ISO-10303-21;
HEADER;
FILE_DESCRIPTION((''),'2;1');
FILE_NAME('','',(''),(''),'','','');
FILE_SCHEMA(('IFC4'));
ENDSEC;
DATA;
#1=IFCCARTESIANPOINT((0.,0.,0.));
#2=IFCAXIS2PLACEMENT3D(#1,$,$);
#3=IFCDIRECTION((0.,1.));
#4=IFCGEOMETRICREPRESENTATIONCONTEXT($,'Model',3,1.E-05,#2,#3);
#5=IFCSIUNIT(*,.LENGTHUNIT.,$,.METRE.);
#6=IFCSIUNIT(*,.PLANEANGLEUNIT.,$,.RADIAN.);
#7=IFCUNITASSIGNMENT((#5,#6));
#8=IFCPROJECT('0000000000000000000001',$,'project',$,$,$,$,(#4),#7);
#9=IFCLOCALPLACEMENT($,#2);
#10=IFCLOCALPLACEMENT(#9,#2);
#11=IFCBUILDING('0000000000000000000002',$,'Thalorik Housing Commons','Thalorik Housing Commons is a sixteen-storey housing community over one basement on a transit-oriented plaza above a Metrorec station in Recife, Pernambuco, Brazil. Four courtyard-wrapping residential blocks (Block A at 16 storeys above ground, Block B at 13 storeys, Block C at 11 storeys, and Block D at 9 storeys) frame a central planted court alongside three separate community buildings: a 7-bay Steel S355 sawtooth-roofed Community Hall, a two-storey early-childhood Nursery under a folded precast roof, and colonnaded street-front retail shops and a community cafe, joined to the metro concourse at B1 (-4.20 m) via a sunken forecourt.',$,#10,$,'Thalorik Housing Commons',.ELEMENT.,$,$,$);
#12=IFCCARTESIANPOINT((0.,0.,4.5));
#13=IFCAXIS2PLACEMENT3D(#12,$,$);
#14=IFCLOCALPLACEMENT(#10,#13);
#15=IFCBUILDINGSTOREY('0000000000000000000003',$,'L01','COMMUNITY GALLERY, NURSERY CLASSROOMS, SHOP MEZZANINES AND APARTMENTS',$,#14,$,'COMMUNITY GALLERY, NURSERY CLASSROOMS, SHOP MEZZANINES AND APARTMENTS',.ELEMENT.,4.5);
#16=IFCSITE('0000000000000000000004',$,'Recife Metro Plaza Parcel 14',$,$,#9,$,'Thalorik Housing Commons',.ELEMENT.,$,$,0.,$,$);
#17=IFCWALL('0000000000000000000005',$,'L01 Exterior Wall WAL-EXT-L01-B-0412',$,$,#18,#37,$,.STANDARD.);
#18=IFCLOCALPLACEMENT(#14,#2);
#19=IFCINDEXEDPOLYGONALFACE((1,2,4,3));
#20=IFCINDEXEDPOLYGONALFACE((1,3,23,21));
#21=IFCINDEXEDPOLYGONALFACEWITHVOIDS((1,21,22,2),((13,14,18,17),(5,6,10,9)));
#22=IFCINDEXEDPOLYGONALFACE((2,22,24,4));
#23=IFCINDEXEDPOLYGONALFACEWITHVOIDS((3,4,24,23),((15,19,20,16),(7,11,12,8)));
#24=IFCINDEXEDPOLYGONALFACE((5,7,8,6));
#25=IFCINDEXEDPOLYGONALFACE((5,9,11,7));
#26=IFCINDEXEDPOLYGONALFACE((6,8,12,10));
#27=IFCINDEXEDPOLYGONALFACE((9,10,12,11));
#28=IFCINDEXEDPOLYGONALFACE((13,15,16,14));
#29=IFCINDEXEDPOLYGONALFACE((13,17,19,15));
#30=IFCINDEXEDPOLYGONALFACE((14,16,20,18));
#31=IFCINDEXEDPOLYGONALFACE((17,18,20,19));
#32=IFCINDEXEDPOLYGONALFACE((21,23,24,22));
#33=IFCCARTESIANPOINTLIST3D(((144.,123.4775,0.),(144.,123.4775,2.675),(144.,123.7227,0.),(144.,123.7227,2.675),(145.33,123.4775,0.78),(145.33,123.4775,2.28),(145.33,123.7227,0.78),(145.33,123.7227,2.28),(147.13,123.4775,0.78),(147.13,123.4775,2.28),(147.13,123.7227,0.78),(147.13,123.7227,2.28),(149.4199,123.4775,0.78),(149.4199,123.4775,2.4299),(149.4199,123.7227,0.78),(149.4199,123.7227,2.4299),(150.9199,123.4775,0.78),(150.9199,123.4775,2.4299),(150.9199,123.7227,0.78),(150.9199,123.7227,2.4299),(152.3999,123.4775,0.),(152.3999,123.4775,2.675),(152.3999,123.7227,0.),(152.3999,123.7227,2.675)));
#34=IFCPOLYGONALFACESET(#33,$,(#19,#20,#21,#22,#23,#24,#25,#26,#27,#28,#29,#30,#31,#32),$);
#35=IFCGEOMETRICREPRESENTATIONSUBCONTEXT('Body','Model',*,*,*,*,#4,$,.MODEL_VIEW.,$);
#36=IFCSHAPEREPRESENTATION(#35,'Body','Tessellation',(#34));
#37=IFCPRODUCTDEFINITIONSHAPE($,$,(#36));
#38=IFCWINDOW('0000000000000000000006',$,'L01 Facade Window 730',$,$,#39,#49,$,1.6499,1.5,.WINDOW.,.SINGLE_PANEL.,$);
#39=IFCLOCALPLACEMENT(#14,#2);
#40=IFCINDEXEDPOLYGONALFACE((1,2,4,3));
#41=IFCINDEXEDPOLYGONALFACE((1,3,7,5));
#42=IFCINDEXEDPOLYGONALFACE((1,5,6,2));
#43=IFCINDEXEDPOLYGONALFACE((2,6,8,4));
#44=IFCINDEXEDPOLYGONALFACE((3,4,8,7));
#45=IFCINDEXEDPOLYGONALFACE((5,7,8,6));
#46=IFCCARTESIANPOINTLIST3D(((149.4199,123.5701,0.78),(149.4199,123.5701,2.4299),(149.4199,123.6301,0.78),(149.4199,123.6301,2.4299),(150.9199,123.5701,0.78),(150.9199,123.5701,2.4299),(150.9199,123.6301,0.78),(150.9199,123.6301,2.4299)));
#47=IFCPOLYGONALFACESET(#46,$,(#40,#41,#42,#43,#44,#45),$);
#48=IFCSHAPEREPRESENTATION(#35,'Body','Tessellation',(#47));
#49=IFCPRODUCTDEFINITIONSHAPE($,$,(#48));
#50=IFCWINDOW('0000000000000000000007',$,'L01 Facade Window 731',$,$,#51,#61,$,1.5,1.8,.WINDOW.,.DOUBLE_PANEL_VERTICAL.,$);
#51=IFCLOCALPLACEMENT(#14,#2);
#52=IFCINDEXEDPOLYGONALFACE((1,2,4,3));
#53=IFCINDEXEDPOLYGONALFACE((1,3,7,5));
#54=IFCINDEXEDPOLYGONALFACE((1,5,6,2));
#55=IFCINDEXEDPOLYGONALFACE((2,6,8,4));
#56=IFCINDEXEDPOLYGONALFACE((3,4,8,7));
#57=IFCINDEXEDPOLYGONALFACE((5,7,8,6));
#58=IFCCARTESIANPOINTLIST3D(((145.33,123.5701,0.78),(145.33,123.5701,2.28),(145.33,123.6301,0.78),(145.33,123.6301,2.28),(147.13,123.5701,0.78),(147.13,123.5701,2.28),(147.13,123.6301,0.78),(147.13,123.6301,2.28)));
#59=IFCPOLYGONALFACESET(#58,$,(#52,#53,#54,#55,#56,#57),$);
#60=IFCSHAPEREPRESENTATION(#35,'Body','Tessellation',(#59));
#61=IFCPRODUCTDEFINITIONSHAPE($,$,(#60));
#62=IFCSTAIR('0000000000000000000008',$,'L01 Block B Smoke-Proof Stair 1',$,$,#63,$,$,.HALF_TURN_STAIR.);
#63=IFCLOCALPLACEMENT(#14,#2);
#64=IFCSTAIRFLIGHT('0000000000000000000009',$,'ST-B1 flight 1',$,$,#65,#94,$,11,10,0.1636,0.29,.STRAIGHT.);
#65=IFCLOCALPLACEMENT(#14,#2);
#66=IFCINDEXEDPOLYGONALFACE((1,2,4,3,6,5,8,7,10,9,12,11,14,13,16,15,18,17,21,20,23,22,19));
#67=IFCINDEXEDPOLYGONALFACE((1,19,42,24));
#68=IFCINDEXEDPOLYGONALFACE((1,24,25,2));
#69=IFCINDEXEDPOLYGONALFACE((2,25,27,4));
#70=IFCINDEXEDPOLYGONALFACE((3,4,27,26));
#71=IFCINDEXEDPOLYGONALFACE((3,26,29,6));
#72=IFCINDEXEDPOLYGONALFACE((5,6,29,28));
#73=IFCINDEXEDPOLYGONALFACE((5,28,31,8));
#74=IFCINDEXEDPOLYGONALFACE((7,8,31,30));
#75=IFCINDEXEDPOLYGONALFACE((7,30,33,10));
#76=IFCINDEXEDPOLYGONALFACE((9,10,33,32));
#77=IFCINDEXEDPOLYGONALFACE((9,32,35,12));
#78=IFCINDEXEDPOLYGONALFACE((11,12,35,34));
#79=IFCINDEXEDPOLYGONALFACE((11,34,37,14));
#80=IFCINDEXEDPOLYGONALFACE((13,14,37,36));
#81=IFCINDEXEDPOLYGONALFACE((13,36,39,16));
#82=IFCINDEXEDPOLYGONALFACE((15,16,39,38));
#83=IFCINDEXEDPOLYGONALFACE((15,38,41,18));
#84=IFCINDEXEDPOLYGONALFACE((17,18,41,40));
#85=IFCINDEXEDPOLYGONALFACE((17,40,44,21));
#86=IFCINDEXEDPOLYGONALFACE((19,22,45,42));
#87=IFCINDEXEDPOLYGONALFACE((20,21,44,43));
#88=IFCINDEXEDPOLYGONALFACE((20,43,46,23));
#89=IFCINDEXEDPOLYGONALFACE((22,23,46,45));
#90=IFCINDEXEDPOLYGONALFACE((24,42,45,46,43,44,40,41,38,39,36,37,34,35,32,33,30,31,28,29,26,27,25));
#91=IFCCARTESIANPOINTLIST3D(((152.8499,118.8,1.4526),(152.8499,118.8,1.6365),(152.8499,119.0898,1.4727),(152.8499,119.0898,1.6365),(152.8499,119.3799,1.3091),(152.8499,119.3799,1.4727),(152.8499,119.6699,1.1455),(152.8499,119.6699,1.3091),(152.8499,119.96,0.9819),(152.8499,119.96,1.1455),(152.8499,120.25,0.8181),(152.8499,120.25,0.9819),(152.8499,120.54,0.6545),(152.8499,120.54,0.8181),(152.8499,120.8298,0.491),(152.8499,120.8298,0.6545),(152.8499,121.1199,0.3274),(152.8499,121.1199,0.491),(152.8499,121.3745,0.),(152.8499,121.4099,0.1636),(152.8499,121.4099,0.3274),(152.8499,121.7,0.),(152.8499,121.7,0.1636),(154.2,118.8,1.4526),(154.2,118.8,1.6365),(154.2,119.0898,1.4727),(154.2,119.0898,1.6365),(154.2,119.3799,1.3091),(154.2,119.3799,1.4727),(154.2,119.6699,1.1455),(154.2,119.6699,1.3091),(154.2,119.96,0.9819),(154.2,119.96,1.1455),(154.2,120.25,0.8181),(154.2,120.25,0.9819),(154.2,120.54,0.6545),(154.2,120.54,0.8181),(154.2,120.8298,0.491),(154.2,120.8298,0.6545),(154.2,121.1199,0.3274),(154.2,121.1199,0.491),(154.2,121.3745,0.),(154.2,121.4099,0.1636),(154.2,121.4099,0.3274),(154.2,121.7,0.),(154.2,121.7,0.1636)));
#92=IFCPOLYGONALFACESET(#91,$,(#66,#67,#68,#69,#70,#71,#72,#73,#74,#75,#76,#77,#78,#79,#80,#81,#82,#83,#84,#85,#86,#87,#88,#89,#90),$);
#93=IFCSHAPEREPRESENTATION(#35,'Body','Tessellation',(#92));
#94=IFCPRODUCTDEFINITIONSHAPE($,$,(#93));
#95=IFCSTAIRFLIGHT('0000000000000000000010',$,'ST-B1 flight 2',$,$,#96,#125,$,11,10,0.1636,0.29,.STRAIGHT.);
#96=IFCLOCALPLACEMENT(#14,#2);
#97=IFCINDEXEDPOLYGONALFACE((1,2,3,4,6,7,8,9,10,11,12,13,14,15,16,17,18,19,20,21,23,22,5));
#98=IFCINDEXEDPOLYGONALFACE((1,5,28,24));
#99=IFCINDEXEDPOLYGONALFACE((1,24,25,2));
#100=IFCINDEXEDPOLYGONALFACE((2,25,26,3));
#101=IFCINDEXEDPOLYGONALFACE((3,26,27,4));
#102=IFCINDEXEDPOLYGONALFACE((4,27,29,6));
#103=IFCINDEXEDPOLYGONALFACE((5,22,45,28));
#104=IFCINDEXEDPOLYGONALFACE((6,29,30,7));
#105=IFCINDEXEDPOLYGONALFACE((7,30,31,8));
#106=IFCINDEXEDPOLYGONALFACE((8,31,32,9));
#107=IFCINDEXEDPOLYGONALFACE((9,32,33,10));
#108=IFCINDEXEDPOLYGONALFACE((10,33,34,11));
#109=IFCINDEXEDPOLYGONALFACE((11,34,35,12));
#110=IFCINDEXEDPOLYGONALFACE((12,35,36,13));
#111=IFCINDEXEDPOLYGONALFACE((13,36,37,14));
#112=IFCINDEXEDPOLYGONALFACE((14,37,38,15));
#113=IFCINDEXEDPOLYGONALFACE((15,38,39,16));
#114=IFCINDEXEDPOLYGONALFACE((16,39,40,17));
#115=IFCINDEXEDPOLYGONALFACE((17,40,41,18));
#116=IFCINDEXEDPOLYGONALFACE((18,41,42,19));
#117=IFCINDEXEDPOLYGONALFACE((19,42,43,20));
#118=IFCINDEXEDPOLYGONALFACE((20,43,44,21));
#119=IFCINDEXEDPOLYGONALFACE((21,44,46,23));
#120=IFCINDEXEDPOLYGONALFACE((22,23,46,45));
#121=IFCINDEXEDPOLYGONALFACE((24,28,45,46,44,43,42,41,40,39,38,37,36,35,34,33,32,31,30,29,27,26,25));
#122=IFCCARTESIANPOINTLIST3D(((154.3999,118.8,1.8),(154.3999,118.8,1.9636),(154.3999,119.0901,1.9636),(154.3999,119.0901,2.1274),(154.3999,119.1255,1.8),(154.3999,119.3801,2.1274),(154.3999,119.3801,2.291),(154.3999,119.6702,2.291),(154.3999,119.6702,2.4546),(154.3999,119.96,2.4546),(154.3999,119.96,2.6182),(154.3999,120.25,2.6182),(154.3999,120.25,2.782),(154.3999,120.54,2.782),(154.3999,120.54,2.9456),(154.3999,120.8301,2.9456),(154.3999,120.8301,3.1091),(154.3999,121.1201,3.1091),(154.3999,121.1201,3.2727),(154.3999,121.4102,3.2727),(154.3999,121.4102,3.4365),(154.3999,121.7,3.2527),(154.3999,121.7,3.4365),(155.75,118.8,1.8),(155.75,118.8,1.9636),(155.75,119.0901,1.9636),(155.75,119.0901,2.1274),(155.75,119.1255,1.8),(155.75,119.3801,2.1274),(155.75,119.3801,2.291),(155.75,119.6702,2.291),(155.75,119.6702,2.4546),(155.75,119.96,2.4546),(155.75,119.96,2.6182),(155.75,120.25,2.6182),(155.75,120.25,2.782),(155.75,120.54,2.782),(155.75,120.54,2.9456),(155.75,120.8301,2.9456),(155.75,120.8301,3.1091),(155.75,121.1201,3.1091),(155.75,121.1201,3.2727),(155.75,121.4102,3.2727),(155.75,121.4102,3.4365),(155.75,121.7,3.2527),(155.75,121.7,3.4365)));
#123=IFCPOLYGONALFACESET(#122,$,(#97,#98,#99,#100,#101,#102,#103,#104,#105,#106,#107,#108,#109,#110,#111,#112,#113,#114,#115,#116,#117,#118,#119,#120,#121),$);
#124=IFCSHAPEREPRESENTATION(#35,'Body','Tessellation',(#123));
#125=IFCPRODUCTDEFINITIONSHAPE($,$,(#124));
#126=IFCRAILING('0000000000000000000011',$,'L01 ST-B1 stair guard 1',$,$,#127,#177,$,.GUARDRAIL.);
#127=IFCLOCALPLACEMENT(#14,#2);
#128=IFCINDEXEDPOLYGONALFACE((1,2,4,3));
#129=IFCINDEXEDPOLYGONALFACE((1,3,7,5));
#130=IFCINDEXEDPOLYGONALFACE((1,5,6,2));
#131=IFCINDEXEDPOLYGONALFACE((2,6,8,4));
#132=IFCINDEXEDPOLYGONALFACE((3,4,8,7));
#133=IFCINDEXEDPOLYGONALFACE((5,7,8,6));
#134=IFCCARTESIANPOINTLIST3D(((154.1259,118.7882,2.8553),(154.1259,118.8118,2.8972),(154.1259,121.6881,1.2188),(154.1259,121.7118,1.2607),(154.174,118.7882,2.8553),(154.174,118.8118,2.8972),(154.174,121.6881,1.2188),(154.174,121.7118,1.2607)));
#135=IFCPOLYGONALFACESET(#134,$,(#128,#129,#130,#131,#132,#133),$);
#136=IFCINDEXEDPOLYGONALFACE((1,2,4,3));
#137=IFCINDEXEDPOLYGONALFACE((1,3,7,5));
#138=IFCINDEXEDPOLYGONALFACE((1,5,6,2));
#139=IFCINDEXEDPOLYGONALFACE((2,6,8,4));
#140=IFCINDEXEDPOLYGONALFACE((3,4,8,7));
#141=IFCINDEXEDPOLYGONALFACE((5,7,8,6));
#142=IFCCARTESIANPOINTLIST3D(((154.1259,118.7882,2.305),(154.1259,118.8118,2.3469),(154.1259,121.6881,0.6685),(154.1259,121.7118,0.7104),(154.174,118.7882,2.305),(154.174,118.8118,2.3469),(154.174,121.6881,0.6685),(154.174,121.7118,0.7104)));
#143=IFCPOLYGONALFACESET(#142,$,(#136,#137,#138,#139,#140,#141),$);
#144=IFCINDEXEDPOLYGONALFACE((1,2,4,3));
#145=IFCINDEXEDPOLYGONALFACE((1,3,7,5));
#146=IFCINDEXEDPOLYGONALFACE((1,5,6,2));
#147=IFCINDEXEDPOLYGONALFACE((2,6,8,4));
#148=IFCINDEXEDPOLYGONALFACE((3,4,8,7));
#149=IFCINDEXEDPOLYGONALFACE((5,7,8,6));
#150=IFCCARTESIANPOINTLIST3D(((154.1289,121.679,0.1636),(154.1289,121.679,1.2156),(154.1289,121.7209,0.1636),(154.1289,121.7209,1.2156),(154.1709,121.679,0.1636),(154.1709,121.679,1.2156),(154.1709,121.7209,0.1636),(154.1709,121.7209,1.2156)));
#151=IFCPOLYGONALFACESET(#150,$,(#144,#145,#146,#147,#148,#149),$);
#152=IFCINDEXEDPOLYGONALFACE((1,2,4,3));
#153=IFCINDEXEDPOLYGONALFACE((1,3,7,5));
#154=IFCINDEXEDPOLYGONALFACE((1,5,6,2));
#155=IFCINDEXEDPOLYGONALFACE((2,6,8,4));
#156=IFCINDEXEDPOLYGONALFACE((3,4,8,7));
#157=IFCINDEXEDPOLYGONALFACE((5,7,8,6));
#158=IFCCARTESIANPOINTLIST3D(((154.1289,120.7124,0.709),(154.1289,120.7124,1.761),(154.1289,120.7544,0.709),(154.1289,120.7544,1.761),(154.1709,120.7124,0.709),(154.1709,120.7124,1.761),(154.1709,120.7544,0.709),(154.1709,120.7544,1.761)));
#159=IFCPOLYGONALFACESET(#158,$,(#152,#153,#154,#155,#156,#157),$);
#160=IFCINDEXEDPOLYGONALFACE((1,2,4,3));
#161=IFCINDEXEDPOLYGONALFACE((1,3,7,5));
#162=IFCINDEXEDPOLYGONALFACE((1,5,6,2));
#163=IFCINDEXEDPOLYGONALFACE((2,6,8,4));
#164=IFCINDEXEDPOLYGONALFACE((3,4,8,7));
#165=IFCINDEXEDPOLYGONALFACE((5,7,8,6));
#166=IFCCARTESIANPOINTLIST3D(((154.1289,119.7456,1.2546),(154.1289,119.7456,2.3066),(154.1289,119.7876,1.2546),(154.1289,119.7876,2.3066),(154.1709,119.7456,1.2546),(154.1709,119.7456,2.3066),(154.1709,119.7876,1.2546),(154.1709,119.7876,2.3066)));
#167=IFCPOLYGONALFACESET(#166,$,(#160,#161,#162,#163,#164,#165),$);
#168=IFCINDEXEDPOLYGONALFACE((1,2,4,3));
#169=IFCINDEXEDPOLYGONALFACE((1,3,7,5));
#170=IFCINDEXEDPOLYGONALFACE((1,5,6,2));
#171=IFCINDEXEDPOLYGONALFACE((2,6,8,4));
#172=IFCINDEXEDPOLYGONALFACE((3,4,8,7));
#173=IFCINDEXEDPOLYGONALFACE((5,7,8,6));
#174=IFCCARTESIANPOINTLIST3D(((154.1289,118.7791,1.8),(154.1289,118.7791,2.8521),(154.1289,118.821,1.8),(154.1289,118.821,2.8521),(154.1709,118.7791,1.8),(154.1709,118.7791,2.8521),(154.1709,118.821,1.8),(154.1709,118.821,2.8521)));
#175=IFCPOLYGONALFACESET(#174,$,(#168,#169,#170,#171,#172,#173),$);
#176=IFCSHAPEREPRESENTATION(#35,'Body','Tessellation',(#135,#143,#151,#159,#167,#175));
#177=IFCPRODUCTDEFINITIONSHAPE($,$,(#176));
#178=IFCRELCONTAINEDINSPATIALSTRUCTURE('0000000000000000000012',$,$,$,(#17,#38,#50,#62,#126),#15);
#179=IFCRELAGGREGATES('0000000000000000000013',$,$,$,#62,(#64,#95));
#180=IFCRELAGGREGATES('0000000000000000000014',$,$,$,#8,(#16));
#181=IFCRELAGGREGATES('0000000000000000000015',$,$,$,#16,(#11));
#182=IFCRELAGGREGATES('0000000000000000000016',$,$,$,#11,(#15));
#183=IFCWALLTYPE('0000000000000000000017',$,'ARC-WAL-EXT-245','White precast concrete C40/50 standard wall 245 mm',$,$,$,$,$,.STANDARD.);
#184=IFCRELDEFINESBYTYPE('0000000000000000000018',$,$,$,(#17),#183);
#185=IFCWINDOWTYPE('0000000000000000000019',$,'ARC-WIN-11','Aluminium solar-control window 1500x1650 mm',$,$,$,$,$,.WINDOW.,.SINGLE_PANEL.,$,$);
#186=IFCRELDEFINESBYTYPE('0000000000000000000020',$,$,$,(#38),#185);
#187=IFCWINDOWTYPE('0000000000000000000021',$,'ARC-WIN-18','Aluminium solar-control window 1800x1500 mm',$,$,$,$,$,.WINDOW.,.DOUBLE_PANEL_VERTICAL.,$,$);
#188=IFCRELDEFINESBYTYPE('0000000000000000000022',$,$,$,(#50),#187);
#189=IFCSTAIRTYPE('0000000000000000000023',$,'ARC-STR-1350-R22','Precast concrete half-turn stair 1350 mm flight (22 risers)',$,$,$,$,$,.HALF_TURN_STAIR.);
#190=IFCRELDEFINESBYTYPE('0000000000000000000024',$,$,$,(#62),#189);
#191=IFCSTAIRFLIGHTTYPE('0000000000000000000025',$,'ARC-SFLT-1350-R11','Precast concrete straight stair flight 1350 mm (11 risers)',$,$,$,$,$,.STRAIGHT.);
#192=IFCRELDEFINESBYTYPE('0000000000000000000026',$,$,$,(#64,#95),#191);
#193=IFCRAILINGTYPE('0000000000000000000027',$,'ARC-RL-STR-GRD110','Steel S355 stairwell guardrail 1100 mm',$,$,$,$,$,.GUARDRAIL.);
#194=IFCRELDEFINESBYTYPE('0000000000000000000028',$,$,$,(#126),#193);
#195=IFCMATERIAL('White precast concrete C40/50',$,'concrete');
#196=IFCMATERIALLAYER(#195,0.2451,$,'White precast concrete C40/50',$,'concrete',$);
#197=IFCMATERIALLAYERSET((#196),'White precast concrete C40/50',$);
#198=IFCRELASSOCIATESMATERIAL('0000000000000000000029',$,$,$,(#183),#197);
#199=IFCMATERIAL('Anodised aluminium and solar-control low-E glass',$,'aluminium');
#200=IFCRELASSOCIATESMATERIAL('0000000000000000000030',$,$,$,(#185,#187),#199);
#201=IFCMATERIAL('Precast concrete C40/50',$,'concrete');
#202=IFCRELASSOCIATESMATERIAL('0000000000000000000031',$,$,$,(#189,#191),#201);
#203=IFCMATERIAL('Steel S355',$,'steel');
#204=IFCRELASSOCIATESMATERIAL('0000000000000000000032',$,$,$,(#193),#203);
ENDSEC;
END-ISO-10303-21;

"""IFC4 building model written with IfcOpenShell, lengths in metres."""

from ifc_helpers import new_model, si_unit, direction, frame, frame_2d, origin, origin_2d, place, context, subcontext, project, spatial, polyline, rectangle, outline, extrude, material, layer, layer_set, type_object, element, fill, aggregate, save


model = new_model("IFC4")

# Units and contexts
model_context = context("Model", 3, precision=1e-05, world=origin(), true_north=direction((0.0, 1.0)))
body_context = subcontext(model_context, "Body", "Model", "MODEL_VIEW")
ifc_project = project(units=[si_unit("LENGTHUNIT", "METRE"), si_unit("PLANEANGLEUNIT", "RADIAN")], contexts=[model_context])

# Site, building, storey
site_placement = place(None, origin())
site = spatial("IfcSite", under=ifc_project, at=site_placement, Name="Recife Metro Plaza Parcel 14", LongName="Thalorik Housing Commons", CompositionType="ELEMENT", RefElevation=0.0)
building_placement = place(site_placement, origin())
building = spatial("IfcBuilding", under=site, at=building_placement, Name="Thalorik Housing Commons", Description="Thalorik Housing Commons is a sixteen-storey housing community over one basement on a transit-oriented plaza above a Metrorec station in Recife, Pernambuco, Brazil. Four courtyard-wrapping residential blocks (Block A at 16 storeys above ground, Block B at 13 storeys, Block C at 11 storeys, and Block D at 9 storeys) frame a central planted court alongside three separate community buildings: a 7-bay Steel S355 sawtooth-roofed Community Hall, a two-storey early-childhood Nursery under a folded precast roof, and colonnaded street-front retail shops and a community cafe, joined to the metro concourse at B1 (-4.20 m) via a sunken forecourt.", LongName="Thalorik Housing Commons", CompositionType="ELEMENT")
storey_placement = place(building_placement, frame((0.0, 0.0, 4.5)))
storey = spatial("IfcBuildingStorey", under=building, at=storey_placement, Name="L01", Description="COMMUNITY GALLERY, NURSERY CLASSROOMS, SHOP MEZZANINES AND APARTMENTS", LongName="COMMUNITY GALLERY, NURSERY CLASSROOMS, SHOP MEZZANINES AND APARTMENTS", CompositionType="ELEMENT", Elevation=4.5)

# Shared definitions
ifc_material_1 = material(Name="Precast concrete C40/50", Category="concrete")

# Shared definitions
ifc_material_2 = material(Name="Anodised aluminium and solar-control low-E glass", Category="aluminium")

# Shared definitions
ifc_material_3 = material(Name="Steel S355", Category="steel")

# Shared definitions
ifc_material_4 = material(Name="White precast concrete C40/50", Category="concrete")
ifc_layer_1 = layer(ifc_material_4, 0.2451, Name="White precast concrete C40/50", Category="concrete")
ifc_layer_set_1 = layer_set([ifc_layer_1], Name="White precast concrete C40/50")
wall_type_1 = type_object("IfcWallType", Name="ARC-WAL-EXT-245", Description="White precast concrete C40/50 standard wall 245 mm", PredefinedType="STANDARD", material=ifc_layer_set_1)

# Wall, openings, windows
wall_1_placement = place(storey_placement, frame((152.3999, 123.6001, 0.0), z_axis=(0.0, 0.0, 1.0), x_axis=(-1.0, 0.0, 0.0)))
wall_1 = element("IfcWall", 1, at=wall_1_placement, inside=storey, type_object=wall_type_1, Name="L01 Exterior Wall WAL-EXT-L01-B-0412", PredefinedType="STANDARD", context=body_context, shape_type="SweptSolid", body=[
    extrude(rectangle(XDim=8.3999, YDim=0.2451, at=frame_2d((4.2, 0.0))), origin(), (0.0, 0.0, 1.0), 2.675),
])
opening_1_placement = place(wall_1_placement, frame((1.48, 0.0, 0.78)))
opening_1 = element("IfcOpeningElement", 2, at=opening_1_placement, cuts=wall_1, PredefinedType="OPENING", context=body_context, shape_type="SweptSolid", body=[
    extrude(rectangle(XDim=1.5, YDim=1.6499, at=frame_2d((0.75, 0.825))), frame((0.0, 0.1326, 0.0), z_axis=(0.0, -1.0, 0.0), x_axis=(1.0, 0.0, 0.0)), (0.0, 0.0, 1.0), 0.2651),
])
opening_2_placement = place(wall_1_placement, frame((5.27, 0.0, 0.78)))
opening_2 = element("IfcOpeningElement", 3, at=opening_2_placement, cuts=wall_1, PredefinedType="OPENING", context=body_context, shape_type="SweptSolid", body=[
    extrude(rectangle(XDim=1.8, YDim=1.5, at=frame_2d((0.8999, 0.75))), frame((0.0, 0.1326, 0.0), z_axis=(0.0, -1.0, 0.0), x_axis=(1.0, 0.0, 0.0)), (0.0, 0.0, 1.0), 0.2651),
])
window_type_1 = type_object("IfcWindowType", Name="ARC-WIN-11", Description="Aluminium solar-control window 1500x1650 mm", PartitioningType="SINGLE_PANEL", PredefinedType="WINDOW", material=ifc_material_2)
window_1_placement = place(opening_1_placement, origin())
window_1 = element("IfcWindow", 4, at=window_1_placement, inside=storey, type_object=window_type_1, Name="L01 Facade Window 730", OverallHeight=1.6499, OverallWidth=1.5, PartitioningType="SINGLE_PANEL", PredefinedType="WINDOW", context=body_context, shape_type="SweptSolid", body=[
    extrude(rectangle(XDim=1.5, YDim=1.6499, at=frame_2d((0.75, 0.825))), frame((0.0, 0.03, 0.0), z_axis=(0.0, -1.0, 0.0), x_axis=(1.0, 0.0, 0.0)), (0.0, 0.0, 1.0), 0.0601),
])
fill(opening_1, window_1)
window_type_2 = type_object("IfcWindowType", Name="ARC-WIN-18", Description="Aluminium solar-control window 1800x1500 mm", PartitioningType="DOUBLE_PANEL_VERTICAL", PredefinedType="WINDOW", material=ifc_material_2)
window_2_placement = place(opening_2_placement, origin())
window_2 = element("IfcWindow", 5, at=window_2_placement, inside=storey, type_object=window_type_2, Name="L01 Facade Window 731", OverallHeight=1.5, OverallWidth=1.8, PartitioningType="DOUBLE_PANEL_VERTICAL", PredefinedType="WINDOW", context=body_context, shape_type="SweptSolid", body=[
    extrude(rectangle(XDim=1.8, YDim=1.5, at=frame_2d((0.8999, 0.75))), frame((0.0, 0.03, 0.0), z_axis=(0.0, -1.0, 0.0), x_axis=(1.0, 0.0, 0.0)), (0.0, 0.0, 1.0), 0.0601),
])
fill(opening_2, window_2)

# Stair, stair flights
stair_type = type_object("IfcStairType", Name="ARC-STR-1350-R22", Description="Precast concrete half-turn stair 1350 mm flight (22 risers)", PredefinedType="HALF_TURN_STAIR", material=ifc_material_1)
stair_placement = place(storey_placement, origin())
stair = element("IfcStair", 6, at=stair_placement, inside=storey, type_object=stair_type, Name="L01 Block B Smoke-Proof Stair 1", PredefinedType="HALF_TURN_STAIR")
stair_flight_type = type_object("IfcStairFlightType", Name="ARC-SFLT-1350-R11", Description="Precast concrete straight stair flight 1350 mm (11 risers)", PredefinedType="STRAIGHT", material=ifc_material_1)
stair_flight_1_placement = place(storey_placement, frame((153.5249, 121.7, 0.0), z_axis=(0.0, 0.0, 1.0), x_axis=(0.0, -1.0, 0.0)))
stair_flight_1 = element("IfcStairFlight", 7, at=stair_flight_1_placement, type_object=stair_flight_type, Name="ST-B1 flight 1", NumberOfRisers=11, NumberOfTreads=10, PredefinedType="STRAIGHT", RiserHeight=0.1636, TreadLength=0.29, context=body_context, shape_type="SweptSolid", body=[
    extrude(outline(polyline([(0.0, 0.0), (0.0, 0.1636), (0.29, 0.1636), (0.29, 0.3274), (0.5801, 0.3274), (0.5801, 0.491), (0.8701, 0.491), (0.8701, 0.6545), (1.1599, 0.6545), (1.1599, 0.8181), (1.45, 0.8181), (1.45, 0.9819), (1.74, 0.9819), (1.74, 1.1455), (2.03, 1.1455), (2.03, 1.3091), (2.3201, 1.3091), (2.3201, 1.4727), (2.6101, 1.4727), (2.6101, 1.6365), (2.8999, 1.6365), (2.8999, 1.8), (2.8999, 1.4526), (0.3254, 0.0), (0.0, 0.0)])), frame((0.0, 0.675, 0.0), z_axis=(0.0, -1.0, 0.0), x_axis=(1.0, 0.0, 0.0)), (0.0, 0.0, 1.0), 1.3501),
])
stair_flight_2_placement = place(storey_placement, frame((155.075, 118.8, 1.8), z_axis=(0.0, 0.0, 1.0), x_axis=(0.0, 1.0, 0.0)))
stair_flight_2 = element("IfcStairFlight", 8, at=stair_flight_2_placement, type_object=stair_flight_type, Name="ST-B1 flight 2", NumberOfRisers=11, NumberOfTreads=10, PredefinedType="STRAIGHT", RiserHeight=0.1636, TreadLength=0.29, context=body_context, shape_type="SweptSolid", body=[
    extrude(outline(polyline([(0.0, 0.0), (0.0, 0.1636), (0.29, 0.1636), (0.29, 0.3274), (0.5801, 0.3274), (0.5801, 0.491), (0.8701, 0.491), (0.8701, 0.6545), (1.1599, 0.6545), (1.1599, 0.8181), (1.45, 0.8181), (1.45, 0.9819), (1.74, 0.9819), (1.74, 1.1455), (2.03, 1.1455), (2.03, 1.3091), (2.3201, 1.3091), (2.3201, 1.4727), (2.6101, 1.4727), (2.6101, 1.6365), (2.8999, 1.6365), (2.8999, 1.8), (2.8999, 1.4526), (0.3254, 0.0), (0.0, 0.0)])), frame((0.0, 0.675, 0.0), z_axis=(0.0, -1.0, 0.0), x_axis=(1.0, 0.0, 0.0)), (0.0, 0.0, 1.0), 1.3501),
])
aggregate(stair, [stair_flight_1, stair_flight_2])

# Railing
railing_type_1 = type_object("IfcRailingType", Name="ARC-RL-STR-GRD110", Description="Steel S355 stairwell guardrail 1100 mm", PredefinedType="GUARDRAIL", material=ifc_material_3)
railing_1_placement = place(storey_placement, frame((154.1499, 121.7, 0.1636)))
element("IfcRailing", 9, at=railing_1_placement, inside=storey, type_object=railing_type_1, Name="L01 ST-B1 stair guard 1", PredefinedType="GUARDRAIL", context=body_context, shape_type="SweptSolid", body=[
    extrude(rectangle(XDim=0.0481, YDim=0.0481, at=origin_2d()), frame((0.0, 0.0, 1.0762), z_axis=(0.0, -0.870897, 0.491465), x_axis=(1.0, 0.0, 0.0)), (0.0, 0.0, 1.0), 3.3298),
    extrude(rectangle(XDim=0.0481, YDim=0.0481, at=origin_2d()), frame((0.0, 0.0, 0.5259), z_axis=(0.0, -0.870897, 0.491465), x_axis=(1.0, 0.0, 0.0)), (0.0, 0.0, 1.0), 3.3298),
    extrude(rectangle(XDim=0.042, YDim=0.042, at=origin_2d()), origin(), (0.0, 0.0, 1.0), 1.052),
    extrude(rectangle(XDim=0.042, YDim=0.042, at=origin_2d()), frame((0.0, -0.9666, 0.5454)), (0.0, 0.0, 1.0), 1.052),
    extrude(rectangle(XDim=0.042, YDim=0.042, at=origin_2d()), frame((0.0, -1.9333, 1.0911)), (0.0, 0.0, 1.0), 1.052),
    extrude(rectangle(XDim=0.042, YDim=0.042, at=origin_2d()), frame((0.0, -2.8999, 1.6365)), (0.0, 0.0, 1.0), 1.052),
])

save(model, "model.ifc")
